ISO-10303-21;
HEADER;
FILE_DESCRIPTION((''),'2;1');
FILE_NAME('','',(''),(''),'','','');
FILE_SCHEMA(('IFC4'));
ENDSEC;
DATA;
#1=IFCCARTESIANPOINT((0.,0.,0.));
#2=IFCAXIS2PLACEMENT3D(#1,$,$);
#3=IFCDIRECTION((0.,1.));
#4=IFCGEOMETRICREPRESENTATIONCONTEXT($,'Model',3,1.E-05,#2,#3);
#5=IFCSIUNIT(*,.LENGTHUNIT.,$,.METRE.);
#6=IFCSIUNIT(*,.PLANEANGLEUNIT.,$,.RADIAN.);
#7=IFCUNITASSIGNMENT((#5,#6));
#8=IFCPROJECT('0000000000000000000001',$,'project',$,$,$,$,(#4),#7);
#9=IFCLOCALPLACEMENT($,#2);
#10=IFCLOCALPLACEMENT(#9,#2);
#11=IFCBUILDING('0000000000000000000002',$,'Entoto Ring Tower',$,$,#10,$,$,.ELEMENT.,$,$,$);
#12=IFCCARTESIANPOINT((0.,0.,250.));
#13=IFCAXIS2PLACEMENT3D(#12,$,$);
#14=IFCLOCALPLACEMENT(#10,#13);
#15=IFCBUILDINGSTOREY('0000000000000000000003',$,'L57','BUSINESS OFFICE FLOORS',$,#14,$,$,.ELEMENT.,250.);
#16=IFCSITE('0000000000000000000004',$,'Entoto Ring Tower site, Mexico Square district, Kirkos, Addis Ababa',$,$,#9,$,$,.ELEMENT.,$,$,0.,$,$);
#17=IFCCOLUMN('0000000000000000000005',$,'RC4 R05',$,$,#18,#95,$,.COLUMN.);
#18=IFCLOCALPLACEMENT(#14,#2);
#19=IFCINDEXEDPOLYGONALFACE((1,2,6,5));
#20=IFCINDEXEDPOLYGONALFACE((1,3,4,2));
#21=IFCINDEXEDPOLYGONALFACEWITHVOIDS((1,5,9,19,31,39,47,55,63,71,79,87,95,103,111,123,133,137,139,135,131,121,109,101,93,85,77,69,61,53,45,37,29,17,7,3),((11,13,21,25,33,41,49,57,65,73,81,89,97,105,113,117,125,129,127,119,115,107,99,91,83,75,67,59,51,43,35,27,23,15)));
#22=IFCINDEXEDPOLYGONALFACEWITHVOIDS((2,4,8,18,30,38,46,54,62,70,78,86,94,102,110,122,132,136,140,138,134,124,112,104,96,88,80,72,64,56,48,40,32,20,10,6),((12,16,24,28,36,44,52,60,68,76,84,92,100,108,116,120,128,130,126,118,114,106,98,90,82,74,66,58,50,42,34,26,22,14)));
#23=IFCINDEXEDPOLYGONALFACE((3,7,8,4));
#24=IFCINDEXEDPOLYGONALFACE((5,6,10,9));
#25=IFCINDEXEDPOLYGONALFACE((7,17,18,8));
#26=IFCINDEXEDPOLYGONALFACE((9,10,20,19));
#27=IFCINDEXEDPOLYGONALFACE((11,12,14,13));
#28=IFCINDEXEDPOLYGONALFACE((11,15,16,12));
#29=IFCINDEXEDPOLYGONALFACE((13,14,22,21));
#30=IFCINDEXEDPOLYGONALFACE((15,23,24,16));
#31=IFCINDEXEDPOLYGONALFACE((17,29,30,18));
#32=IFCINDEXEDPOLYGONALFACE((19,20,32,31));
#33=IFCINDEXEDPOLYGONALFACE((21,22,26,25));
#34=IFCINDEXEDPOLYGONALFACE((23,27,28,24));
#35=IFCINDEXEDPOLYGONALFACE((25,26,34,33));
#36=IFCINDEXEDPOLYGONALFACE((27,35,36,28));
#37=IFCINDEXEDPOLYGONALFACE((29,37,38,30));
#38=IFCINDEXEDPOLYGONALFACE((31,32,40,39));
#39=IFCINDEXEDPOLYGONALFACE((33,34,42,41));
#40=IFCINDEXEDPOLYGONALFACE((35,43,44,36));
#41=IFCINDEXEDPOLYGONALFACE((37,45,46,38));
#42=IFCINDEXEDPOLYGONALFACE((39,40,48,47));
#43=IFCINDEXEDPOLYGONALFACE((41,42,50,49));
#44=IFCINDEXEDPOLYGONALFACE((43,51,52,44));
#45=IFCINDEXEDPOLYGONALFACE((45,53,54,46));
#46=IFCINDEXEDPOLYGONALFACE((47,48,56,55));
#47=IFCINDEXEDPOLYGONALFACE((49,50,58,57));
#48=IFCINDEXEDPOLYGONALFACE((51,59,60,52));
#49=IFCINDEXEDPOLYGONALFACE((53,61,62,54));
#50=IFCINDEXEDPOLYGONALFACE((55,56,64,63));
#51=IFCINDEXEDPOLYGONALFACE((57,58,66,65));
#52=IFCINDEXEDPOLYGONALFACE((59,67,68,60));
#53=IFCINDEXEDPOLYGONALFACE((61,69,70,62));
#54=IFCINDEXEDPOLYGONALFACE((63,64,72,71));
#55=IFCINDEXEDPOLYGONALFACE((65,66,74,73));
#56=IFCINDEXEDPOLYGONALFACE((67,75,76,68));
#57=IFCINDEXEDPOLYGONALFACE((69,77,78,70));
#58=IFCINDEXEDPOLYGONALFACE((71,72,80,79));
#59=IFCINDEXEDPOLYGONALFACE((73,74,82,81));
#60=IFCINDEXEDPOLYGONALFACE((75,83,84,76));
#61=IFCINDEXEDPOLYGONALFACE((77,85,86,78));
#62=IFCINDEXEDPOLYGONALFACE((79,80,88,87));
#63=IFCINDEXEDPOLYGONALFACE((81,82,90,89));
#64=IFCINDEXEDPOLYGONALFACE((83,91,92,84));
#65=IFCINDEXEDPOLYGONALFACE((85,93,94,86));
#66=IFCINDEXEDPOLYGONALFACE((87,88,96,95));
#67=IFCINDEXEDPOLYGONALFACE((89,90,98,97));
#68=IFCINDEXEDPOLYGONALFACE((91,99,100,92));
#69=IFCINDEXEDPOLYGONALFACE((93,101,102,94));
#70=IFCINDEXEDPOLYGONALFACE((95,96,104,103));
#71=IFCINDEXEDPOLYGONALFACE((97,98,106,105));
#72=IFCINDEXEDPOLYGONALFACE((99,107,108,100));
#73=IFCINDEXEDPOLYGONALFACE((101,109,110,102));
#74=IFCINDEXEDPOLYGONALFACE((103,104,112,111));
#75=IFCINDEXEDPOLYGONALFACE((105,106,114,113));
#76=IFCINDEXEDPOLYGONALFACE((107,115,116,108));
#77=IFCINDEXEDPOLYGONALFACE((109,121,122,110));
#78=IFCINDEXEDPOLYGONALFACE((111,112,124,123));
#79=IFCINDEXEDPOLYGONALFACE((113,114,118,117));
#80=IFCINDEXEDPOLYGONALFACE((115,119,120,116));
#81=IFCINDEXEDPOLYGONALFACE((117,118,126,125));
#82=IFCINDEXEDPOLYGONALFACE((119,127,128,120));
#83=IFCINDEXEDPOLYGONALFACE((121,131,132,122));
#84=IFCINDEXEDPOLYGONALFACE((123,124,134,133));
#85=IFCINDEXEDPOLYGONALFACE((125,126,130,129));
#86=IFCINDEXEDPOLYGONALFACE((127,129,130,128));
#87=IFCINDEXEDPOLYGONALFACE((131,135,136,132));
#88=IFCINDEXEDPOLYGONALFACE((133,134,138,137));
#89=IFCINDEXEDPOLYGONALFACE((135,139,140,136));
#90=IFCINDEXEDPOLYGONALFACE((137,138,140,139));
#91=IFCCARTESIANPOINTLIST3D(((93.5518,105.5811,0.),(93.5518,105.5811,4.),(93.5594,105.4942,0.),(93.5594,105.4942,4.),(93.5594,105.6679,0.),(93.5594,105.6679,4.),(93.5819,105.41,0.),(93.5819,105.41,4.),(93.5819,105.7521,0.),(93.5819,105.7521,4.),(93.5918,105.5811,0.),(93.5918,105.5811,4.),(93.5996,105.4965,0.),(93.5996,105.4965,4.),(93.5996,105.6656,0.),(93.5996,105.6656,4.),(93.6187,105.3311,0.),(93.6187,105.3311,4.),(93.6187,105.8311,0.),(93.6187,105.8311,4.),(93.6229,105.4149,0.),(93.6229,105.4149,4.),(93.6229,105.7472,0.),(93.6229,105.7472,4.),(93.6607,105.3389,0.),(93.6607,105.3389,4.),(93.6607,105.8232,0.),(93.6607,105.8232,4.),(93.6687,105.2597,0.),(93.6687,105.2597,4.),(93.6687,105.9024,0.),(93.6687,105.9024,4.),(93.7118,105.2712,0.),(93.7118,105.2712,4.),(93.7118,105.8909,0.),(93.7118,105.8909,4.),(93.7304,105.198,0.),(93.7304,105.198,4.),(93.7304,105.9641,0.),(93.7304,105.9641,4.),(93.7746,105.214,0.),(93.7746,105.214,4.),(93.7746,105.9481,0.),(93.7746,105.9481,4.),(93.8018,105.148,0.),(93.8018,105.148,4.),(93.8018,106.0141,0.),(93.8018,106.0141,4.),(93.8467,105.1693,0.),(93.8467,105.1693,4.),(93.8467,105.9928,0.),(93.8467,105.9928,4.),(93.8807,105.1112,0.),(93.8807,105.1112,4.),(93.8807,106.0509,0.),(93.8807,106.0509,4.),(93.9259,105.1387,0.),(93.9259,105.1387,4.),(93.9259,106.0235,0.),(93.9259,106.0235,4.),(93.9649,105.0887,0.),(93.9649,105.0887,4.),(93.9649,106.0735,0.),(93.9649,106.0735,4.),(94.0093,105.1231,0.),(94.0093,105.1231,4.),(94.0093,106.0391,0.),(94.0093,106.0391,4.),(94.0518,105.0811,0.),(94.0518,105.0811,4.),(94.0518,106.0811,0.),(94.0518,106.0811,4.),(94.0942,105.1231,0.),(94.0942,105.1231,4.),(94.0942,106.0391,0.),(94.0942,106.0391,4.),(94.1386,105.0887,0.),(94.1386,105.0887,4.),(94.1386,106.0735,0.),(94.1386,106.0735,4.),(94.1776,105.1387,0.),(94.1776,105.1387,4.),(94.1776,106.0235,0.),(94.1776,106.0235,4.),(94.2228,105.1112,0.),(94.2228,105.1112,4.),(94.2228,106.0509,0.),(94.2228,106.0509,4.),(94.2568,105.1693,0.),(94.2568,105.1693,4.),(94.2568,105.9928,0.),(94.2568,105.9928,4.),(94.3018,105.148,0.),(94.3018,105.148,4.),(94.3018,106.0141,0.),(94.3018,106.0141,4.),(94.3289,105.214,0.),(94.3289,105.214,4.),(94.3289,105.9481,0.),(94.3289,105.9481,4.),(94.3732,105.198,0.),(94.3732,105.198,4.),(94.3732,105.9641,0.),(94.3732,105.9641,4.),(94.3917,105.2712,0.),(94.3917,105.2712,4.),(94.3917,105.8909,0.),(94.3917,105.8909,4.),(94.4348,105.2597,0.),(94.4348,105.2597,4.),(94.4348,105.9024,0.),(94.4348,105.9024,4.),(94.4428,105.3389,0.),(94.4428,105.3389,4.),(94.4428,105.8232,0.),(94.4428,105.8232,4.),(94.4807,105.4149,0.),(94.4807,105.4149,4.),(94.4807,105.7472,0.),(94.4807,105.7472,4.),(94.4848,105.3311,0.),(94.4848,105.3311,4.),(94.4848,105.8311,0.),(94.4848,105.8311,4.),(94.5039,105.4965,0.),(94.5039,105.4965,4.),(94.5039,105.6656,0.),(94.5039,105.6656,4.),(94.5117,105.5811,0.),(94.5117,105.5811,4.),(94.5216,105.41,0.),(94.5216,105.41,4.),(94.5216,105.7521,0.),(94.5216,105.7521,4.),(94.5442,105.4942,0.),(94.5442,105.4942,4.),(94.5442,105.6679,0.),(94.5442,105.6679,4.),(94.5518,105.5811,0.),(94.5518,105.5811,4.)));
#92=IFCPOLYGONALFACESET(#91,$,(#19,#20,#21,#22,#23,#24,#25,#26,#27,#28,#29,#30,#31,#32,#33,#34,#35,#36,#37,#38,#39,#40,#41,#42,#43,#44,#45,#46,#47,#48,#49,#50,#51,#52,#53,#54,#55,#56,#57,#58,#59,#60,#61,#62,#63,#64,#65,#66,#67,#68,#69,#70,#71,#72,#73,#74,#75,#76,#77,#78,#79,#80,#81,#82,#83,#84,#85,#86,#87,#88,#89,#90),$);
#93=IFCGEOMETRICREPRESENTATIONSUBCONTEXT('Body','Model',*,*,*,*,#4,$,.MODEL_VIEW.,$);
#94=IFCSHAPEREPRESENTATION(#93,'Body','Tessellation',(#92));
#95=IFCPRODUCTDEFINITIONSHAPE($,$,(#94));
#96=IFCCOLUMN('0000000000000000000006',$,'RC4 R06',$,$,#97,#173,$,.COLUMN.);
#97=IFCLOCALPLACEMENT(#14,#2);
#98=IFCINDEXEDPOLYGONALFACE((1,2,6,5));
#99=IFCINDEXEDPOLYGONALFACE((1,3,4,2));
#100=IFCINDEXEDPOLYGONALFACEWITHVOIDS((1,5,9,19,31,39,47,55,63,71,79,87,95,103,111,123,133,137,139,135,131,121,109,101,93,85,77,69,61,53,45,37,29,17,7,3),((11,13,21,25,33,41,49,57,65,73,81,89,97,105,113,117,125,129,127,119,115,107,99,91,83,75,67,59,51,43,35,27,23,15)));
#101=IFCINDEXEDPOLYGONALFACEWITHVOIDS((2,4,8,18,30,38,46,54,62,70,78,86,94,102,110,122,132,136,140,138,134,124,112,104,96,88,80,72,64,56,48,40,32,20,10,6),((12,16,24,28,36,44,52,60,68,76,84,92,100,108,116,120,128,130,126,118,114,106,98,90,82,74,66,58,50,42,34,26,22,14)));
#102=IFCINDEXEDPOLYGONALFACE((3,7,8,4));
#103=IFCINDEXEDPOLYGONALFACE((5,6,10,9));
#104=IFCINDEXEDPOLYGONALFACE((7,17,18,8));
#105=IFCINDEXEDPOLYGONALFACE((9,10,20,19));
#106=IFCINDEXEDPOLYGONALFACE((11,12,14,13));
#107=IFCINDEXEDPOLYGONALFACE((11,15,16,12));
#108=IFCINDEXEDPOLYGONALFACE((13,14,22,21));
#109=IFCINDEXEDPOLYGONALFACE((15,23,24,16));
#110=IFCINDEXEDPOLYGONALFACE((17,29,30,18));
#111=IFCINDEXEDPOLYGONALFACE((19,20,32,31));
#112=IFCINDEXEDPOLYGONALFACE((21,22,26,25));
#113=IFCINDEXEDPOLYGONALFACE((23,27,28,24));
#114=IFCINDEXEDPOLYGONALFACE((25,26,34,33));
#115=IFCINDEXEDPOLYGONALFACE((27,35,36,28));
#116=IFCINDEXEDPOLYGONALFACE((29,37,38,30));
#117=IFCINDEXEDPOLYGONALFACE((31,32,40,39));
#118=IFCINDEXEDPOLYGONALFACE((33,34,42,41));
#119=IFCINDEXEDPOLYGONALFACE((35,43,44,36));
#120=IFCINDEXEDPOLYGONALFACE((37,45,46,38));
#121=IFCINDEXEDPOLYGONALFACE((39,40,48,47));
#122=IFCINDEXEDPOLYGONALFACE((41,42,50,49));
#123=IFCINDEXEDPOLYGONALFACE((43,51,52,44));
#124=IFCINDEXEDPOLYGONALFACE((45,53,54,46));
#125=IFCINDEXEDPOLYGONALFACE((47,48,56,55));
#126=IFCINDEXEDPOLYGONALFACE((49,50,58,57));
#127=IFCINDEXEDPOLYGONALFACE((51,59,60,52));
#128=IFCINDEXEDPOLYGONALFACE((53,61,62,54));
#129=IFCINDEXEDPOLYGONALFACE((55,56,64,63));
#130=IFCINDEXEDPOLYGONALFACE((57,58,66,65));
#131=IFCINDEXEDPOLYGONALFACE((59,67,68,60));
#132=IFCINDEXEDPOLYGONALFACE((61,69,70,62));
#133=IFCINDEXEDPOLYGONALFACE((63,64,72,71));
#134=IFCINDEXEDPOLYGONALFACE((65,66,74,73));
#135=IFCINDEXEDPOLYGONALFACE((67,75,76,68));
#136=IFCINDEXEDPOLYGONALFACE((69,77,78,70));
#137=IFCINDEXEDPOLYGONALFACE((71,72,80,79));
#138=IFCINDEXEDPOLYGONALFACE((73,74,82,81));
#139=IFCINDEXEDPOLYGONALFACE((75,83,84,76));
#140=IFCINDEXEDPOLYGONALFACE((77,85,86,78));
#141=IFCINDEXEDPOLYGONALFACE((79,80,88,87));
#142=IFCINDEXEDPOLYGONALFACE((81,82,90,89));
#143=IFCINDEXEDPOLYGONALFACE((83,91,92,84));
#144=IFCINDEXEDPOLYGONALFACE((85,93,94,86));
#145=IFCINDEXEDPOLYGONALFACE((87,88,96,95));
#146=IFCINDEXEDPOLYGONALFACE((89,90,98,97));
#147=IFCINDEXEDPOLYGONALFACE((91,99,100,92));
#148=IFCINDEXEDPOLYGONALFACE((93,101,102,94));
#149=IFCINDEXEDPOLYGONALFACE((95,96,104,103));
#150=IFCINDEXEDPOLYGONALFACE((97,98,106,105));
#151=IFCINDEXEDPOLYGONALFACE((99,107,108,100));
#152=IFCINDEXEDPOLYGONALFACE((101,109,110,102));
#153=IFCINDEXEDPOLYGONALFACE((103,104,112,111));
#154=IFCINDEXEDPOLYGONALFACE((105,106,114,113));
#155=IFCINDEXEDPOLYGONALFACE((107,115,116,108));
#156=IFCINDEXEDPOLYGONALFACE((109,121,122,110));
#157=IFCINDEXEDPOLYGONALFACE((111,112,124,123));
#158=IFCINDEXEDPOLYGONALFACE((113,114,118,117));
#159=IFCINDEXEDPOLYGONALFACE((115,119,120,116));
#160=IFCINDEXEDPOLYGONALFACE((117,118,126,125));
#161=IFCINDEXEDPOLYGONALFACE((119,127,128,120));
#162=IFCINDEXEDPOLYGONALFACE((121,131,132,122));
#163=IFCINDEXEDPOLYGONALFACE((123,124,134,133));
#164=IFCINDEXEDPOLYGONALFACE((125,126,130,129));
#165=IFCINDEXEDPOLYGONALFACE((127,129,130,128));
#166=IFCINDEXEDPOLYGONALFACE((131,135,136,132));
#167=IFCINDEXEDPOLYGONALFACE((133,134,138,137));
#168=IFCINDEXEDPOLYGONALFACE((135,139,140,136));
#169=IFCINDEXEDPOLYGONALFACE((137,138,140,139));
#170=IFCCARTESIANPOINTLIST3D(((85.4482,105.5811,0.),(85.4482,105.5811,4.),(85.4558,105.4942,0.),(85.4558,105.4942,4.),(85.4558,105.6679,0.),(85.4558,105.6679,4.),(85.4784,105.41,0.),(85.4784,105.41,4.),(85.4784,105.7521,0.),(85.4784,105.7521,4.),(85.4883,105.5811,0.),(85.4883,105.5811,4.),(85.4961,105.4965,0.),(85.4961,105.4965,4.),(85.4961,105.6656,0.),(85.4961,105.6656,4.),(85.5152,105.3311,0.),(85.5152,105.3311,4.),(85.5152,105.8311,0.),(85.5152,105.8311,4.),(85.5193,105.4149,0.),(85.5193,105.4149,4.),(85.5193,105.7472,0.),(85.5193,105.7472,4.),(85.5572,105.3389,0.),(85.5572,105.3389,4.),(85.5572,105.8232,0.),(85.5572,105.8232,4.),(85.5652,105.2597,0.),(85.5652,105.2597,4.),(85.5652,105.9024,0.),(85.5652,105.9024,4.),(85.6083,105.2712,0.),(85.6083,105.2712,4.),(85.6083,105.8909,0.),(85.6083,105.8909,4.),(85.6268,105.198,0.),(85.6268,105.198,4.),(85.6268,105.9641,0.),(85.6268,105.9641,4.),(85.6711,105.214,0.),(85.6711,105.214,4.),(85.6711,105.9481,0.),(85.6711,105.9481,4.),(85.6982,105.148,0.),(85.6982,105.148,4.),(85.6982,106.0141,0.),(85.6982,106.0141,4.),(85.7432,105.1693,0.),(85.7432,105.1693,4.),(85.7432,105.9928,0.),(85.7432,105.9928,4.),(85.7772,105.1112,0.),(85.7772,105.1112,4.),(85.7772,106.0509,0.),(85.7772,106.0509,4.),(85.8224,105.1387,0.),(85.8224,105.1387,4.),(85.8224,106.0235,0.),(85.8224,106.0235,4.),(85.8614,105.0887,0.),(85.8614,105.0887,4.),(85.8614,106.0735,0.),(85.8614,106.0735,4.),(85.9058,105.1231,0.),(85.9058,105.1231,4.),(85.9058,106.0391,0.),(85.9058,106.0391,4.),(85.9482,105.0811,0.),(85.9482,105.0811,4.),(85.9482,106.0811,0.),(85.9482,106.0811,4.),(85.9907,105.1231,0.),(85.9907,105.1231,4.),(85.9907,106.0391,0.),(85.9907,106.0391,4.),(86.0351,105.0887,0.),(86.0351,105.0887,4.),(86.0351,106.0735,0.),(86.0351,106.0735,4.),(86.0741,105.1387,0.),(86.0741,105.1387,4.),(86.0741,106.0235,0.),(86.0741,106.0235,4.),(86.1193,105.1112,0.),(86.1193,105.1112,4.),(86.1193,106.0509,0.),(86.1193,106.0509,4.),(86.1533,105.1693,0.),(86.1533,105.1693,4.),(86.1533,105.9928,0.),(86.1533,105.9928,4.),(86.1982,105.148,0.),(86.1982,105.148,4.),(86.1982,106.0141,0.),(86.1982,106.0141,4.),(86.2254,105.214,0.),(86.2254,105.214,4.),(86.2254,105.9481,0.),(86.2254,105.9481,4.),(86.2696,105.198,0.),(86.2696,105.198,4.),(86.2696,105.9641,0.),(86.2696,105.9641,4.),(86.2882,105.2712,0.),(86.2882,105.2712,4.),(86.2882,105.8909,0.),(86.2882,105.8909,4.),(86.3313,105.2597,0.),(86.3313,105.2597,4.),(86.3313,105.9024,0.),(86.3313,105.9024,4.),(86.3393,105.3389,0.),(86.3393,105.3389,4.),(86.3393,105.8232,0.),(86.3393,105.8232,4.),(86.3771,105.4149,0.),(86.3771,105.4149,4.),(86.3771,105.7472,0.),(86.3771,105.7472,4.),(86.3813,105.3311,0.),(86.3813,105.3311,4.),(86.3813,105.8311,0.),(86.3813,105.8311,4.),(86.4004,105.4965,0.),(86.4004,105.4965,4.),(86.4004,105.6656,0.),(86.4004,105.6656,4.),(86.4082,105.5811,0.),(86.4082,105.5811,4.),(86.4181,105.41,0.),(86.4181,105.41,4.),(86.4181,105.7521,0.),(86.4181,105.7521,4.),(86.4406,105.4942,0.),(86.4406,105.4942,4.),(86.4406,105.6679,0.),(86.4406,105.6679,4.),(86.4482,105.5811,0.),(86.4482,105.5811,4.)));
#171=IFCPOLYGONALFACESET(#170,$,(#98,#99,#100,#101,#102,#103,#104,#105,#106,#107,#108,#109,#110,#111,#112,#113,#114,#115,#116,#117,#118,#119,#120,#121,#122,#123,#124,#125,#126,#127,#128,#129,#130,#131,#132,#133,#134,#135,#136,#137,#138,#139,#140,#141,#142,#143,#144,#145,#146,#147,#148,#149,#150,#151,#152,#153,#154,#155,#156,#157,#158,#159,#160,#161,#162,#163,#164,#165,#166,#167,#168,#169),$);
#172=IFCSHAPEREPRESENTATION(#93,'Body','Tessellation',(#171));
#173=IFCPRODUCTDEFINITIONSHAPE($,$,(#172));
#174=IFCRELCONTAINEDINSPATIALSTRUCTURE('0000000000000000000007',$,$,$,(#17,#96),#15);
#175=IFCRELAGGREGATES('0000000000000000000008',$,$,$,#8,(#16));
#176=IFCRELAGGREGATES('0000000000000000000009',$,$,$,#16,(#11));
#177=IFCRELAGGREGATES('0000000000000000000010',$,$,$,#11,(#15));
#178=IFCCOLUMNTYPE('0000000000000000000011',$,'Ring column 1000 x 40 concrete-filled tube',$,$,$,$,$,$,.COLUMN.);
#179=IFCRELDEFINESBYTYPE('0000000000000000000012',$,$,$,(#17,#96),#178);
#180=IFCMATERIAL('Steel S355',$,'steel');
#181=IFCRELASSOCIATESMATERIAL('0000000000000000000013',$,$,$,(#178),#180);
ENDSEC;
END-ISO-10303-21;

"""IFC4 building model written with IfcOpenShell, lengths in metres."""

from ifc_helpers import new_model, si_unit, direction, frame, origin, origin_2d, place, context, subcontext, project, spatial, circle, hollow_circle, extrude, material, material_profile, profile_set, type_object, element, save


model = new_model("IFC4")

# Units and contexts
model_context = context("Model", 3, precision=1e-05, world=origin(), true_north=direction((0.0, 1.0)))
body_context = subcontext(model_context, "Body", "Model", "MODEL_VIEW")
ifc_project = project(units=[si_unit("LENGTHUNIT", "METRE"), si_unit("PLANEANGLEUNIT", "RADIAN")], contexts=[model_context])

# Site, building, storey
site_placement = place(None, origin())
site = spatial("IfcSite", under=ifc_project, at=site_placement, Name="Entoto Ring Tower site, Mexico Square district, Kirkos, Addis Ababa", CompositionType="ELEMENT", RefElevation=0.0)
building_placement = place(site_placement, origin())
building = spatial("IfcBuilding", under=site, at=building_placement, Name="Entoto Ring Tower", CompositionType="ELEMENT")
storey_placement = place(building_placement, frame((0.0, 0.0, 250.0)))
storey = spatial("IfcBuildingStorey", under=building, at=storey_placement, Name="L57", Description="BUSINESS OFFICE FLOORS", CompositionType="ELEMENT", Elevation=250.0)

# Columns
ifc_material_1 = material(Name="Steel S355", Category="steel")
ifc_material_profile_1 = material_profile(ifc_material_1, hollow_circle(Radius=0.5, WallThickness=0.04, at=origin_2d()), Name="CHS 1000 x 40")
ifc_material_2 = material(Name="Concrete C60/75", Category="concrete")
ifc_material_profile_2 = material_profile(ifc_material_2, circle(Radius=0.46, at=origin_2d()), Name="Concrete C60/75 infill")
ifc_profile_set_1 = profile_set([ifc_material_profile_1, ifc_material_profile_2], Name="Steel S355")
column_type = type_object("IfcColumnType", Name="Ring column 1000 x 40 concrete-filled tube", PredefinedType="COLUMN", material=ifc_profile_set_1)
for number, where, z_axis, x_axis, name in (
    (1, (94.0518, 105.5811, 0.0), (0.0, 0.0, 1.0), (1.0, 0.0, 0.0), "RC4 R05"),
    (2, (85.9482, 105.5811, 0.0), (0.0, 0.0, 1.0), (1.0, 0.0, 0.0), "RC4 R06"),
):
    element("IfcColumn", number, at=place(storey_placement, frame(where, z_axis=z_axis, x_axis=x_axis)), inside=storey, type_object=column_type, Name=name, PredefinedType="COLUMN", context=body_context, shape_type="SweptSolid", body=[
        extrude(hollow_circle(Radius=0.5, WallThickness=0.04, at=origin_2d()), origin(), (0.0, 0.0, 1.0), 4.0),
    ])

save(model, "model.ifc")
